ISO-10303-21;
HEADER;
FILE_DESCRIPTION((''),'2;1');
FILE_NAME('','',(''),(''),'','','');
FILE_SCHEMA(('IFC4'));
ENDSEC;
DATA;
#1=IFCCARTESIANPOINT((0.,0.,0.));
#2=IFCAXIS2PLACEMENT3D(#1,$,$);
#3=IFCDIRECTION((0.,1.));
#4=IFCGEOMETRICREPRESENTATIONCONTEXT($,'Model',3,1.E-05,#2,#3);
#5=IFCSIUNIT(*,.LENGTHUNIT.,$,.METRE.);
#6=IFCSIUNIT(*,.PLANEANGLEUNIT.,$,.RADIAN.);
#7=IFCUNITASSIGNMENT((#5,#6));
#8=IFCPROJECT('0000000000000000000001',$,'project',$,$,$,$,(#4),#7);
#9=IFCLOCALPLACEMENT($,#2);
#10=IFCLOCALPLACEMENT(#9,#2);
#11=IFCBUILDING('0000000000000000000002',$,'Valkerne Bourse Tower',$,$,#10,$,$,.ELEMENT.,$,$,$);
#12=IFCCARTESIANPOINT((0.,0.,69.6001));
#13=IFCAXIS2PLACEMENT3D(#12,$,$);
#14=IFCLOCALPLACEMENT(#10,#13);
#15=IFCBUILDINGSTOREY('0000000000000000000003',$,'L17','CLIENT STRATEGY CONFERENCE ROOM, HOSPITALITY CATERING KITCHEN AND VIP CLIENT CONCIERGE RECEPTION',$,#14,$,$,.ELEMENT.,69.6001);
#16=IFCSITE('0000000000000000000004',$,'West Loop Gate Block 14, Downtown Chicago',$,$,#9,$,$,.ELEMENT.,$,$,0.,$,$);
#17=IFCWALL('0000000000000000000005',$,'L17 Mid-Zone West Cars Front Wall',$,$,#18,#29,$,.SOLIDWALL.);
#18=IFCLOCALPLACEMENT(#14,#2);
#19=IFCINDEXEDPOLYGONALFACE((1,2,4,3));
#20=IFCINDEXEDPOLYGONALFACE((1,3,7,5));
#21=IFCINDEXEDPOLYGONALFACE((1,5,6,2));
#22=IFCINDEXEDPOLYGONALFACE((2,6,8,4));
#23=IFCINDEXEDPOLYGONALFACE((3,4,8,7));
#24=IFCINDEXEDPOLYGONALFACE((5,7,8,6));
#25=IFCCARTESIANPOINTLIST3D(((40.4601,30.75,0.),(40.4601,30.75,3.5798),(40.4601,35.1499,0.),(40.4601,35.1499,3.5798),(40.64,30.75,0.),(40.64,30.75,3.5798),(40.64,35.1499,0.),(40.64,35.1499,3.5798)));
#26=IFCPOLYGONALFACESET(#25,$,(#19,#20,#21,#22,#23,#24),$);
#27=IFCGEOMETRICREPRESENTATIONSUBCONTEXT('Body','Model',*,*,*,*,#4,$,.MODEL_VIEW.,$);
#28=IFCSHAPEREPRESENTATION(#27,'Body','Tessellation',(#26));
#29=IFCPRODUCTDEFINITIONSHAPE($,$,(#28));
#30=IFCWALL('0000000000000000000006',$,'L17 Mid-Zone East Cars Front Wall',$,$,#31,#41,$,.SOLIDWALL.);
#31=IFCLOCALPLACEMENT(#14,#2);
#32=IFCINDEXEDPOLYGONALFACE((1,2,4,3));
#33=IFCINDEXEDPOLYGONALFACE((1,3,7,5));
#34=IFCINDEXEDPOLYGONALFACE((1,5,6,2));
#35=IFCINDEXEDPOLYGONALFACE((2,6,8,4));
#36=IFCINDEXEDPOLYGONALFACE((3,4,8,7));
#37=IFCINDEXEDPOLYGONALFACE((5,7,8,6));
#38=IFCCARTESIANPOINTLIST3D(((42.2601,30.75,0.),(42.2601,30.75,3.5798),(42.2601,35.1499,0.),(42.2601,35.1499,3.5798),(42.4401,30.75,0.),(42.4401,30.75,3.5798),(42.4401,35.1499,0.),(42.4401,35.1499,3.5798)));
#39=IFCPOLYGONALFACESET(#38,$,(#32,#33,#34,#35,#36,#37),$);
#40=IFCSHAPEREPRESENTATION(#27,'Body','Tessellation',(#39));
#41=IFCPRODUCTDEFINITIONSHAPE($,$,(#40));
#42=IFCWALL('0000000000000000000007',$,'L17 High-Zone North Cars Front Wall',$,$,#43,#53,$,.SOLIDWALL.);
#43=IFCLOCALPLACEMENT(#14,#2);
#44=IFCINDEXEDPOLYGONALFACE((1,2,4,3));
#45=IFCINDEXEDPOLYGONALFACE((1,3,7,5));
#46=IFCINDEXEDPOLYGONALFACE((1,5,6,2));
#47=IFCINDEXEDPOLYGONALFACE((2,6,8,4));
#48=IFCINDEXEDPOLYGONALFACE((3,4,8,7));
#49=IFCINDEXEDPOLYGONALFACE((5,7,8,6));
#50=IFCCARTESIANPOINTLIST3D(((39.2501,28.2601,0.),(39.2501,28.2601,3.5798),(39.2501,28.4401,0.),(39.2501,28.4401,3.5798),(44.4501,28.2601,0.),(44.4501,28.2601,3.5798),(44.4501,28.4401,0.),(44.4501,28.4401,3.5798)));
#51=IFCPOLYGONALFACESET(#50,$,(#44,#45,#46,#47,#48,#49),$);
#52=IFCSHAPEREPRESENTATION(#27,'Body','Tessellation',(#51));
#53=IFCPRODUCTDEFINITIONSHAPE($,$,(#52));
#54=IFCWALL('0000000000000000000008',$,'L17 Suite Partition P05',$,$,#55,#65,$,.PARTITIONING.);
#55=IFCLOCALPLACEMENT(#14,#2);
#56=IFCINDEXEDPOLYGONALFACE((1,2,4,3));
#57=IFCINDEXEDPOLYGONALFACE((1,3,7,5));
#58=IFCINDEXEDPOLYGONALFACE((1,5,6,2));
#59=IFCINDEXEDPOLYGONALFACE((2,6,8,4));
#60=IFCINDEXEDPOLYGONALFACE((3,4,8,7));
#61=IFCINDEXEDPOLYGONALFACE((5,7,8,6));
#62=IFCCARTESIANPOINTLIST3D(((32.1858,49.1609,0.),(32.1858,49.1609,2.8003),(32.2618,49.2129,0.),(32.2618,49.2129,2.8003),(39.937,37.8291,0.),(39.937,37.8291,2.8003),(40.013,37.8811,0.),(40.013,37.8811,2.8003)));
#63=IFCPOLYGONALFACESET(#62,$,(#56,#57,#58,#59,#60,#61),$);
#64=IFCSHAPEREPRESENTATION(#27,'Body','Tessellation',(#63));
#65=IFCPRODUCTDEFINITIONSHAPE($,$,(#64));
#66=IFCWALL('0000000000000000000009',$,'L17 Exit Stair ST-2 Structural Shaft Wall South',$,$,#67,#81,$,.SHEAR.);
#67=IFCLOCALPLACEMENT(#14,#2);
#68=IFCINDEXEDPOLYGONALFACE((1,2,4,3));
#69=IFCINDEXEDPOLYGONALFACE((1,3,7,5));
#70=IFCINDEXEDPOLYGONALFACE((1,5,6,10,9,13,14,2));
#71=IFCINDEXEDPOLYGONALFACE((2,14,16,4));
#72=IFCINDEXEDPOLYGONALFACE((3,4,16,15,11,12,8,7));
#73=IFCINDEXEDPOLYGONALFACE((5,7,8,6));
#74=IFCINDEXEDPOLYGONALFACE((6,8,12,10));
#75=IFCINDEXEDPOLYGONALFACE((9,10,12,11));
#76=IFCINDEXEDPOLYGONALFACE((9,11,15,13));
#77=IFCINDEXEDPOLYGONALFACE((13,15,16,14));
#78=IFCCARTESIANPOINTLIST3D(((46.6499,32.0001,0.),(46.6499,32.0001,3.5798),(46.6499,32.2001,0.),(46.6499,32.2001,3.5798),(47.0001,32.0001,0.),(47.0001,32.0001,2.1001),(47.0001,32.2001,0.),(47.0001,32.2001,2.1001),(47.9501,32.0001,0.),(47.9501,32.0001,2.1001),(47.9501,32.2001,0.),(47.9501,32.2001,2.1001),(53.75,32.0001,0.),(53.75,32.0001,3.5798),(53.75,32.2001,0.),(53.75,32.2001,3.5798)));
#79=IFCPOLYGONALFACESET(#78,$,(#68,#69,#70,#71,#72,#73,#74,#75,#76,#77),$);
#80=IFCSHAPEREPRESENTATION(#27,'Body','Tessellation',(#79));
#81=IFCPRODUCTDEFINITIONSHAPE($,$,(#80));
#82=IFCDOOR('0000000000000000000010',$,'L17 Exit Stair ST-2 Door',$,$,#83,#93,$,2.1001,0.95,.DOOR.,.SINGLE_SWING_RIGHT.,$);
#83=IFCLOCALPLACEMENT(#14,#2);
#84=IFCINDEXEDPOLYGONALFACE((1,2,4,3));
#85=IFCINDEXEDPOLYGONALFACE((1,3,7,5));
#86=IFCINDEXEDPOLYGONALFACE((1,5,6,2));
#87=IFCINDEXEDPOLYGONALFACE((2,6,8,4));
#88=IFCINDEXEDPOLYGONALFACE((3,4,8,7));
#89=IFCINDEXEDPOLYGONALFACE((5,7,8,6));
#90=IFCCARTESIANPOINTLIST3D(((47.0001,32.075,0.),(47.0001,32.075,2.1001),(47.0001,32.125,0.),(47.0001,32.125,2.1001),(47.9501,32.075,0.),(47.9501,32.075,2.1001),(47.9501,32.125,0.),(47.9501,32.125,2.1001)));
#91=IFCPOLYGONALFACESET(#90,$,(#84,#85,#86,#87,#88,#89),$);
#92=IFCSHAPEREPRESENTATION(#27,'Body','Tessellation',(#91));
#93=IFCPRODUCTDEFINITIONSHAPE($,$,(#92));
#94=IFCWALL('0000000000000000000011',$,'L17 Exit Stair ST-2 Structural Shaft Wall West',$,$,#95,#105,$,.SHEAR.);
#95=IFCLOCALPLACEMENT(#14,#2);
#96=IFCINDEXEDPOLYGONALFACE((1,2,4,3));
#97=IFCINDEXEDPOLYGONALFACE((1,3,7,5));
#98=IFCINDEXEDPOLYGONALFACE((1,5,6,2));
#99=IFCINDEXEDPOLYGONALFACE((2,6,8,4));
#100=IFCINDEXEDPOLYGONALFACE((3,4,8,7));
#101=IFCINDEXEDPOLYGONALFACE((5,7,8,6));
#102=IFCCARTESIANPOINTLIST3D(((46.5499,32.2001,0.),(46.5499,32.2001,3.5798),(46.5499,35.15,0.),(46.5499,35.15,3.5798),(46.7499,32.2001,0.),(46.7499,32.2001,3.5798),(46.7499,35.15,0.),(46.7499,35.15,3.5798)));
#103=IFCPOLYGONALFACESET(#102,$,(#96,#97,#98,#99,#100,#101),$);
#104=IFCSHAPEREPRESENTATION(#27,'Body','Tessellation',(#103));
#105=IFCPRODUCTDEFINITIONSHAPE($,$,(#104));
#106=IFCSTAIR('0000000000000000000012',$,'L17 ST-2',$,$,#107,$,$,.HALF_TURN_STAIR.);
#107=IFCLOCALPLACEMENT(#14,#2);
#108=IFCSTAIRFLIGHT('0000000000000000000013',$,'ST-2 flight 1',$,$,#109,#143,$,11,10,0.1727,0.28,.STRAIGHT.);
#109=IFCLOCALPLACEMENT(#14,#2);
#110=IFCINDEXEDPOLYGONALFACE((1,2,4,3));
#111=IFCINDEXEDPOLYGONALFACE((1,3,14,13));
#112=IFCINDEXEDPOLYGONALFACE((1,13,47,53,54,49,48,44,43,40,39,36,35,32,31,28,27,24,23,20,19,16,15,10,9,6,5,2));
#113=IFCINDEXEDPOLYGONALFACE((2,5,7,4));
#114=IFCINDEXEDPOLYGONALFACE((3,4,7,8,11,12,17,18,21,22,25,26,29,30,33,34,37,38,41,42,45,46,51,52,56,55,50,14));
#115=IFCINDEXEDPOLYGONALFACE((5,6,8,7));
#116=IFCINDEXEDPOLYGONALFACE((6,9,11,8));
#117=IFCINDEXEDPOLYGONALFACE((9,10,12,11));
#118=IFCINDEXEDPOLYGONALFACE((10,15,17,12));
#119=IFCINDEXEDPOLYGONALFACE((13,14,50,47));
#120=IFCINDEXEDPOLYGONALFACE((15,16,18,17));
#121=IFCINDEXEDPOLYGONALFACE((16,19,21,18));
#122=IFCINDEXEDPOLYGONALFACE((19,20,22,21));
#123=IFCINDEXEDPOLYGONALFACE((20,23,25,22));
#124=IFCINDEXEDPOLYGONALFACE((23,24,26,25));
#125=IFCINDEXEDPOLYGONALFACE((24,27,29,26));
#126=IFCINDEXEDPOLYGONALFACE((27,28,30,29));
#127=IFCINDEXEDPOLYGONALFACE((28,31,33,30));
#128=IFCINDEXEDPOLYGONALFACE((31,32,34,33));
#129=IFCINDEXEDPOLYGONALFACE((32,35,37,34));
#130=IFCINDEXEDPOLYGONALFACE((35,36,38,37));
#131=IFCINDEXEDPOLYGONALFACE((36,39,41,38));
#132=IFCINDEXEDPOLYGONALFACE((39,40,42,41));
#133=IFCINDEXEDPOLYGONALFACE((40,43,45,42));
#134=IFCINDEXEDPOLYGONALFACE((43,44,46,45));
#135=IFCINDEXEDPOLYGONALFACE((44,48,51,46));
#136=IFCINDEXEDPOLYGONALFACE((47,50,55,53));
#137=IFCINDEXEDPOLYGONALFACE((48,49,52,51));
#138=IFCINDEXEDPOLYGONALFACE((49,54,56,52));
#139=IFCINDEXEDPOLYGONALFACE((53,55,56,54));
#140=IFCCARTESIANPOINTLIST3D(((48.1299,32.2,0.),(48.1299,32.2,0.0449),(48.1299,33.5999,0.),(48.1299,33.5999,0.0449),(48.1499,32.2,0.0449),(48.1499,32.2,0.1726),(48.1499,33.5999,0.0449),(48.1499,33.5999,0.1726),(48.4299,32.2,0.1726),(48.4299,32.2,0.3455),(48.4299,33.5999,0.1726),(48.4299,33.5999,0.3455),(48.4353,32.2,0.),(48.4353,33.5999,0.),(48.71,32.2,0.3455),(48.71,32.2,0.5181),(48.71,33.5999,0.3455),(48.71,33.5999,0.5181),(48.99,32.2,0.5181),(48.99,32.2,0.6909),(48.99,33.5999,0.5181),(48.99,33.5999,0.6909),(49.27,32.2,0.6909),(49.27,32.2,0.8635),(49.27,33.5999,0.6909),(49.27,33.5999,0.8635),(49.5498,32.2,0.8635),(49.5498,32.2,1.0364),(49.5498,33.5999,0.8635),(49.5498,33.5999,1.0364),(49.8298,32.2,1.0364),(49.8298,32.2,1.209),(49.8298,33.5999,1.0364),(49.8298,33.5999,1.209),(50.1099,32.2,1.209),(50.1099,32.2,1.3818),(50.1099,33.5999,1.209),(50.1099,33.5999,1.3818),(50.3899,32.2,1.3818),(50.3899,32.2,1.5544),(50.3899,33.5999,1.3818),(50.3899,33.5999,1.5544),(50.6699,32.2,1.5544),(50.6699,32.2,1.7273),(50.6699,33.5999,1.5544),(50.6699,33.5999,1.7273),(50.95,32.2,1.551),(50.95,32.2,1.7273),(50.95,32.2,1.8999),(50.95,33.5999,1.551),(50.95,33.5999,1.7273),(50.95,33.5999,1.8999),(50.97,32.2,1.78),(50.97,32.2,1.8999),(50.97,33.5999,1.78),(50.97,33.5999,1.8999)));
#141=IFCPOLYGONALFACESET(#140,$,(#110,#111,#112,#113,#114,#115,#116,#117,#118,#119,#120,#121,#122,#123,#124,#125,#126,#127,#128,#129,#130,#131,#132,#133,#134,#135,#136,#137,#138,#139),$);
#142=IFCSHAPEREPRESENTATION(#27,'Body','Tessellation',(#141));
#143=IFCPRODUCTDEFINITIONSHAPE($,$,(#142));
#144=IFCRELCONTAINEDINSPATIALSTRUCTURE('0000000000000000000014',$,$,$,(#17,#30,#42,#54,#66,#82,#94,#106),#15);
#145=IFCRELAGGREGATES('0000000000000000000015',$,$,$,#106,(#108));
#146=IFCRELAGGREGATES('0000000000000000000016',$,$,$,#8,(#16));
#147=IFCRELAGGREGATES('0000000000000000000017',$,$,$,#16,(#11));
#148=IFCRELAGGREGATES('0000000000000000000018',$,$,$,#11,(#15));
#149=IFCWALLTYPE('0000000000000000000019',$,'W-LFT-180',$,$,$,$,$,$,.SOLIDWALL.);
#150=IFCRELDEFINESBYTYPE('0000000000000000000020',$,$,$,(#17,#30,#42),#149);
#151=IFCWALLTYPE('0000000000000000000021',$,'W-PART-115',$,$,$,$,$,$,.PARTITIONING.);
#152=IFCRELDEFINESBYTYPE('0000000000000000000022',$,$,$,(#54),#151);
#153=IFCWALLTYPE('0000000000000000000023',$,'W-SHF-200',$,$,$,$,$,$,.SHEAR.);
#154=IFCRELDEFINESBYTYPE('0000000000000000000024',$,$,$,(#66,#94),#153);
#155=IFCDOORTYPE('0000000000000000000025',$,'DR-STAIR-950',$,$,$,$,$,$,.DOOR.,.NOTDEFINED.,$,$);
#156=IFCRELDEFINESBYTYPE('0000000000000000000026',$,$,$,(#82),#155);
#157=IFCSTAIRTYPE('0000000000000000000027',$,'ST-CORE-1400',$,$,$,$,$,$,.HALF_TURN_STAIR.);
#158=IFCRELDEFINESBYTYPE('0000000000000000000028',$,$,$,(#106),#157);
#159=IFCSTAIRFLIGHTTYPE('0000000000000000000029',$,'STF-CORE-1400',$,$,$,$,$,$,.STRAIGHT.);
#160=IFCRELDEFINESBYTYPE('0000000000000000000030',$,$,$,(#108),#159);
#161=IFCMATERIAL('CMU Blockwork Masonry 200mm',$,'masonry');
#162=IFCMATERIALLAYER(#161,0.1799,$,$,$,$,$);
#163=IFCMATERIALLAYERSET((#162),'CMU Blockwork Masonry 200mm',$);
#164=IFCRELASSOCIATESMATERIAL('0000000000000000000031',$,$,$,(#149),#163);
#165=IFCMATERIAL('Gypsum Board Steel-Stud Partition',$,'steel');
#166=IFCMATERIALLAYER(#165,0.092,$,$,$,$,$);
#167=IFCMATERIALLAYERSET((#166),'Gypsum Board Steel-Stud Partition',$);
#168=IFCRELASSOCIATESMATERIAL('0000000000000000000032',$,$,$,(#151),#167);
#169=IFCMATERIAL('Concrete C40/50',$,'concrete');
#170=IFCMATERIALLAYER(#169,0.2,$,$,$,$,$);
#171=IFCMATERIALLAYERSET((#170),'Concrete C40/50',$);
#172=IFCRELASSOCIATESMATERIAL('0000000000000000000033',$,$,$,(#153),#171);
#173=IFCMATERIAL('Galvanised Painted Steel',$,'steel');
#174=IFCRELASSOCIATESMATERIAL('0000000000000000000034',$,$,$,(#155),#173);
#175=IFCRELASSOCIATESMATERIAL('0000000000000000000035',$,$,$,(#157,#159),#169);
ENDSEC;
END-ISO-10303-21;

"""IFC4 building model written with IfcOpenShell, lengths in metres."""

from ifc_helpers import new_model, si_unit, direction, frame, frame_2d, origin, place, context, subcontext, project, spatial, polyline, rectangle, outline, extrude, material, layer, layer_set, type_object, element, fill, aggregate, save


model = new_model("IFC4")

# Units and contexts
model_context = context("Model", 3, precision=1e-05, world=origin(), true_north=direction((0.0, 1.0)))
body_context = subcontext(model_context, "Body", "Model", "MODEL_VIEW")
ifc_project = project(units=[si_unit("LENGTHUNIT", "METRE"), si_unit("PLANEANGLEUNIT", "RADIAN")], contexts=[model_context])

# Site, building, storey
site_placement = place(None, origin())
site = spatial("IfcSite", under=ifc_project, at=site_placement, Name="West Loop Gate Block 14, Downtown Chicago", CompositionType="ELEMENT", RefElevation=0.0)
building_placement = place(site_placement, origin())
building = spatial("IfcBuilding", under=site, at=building_placement, Name="Valkerne Bourse Tower", CompositionType="ELEMENT")
storey_placement = place(building_placement, frame((0.0, 0.0, 69.6001)))
storey = spatial("IfcBuildingStorey", under=building, at=storey_placement, Name="L17", Description="CLIENT STRATEGY CONFERENCE ROOM, HOSPITALITY CATERING KITCHEN AND VIP CLIENT CONCIERGE RECEPTION", CompositionType="ELEMENT", Elevation=69.6001)

# Shared definitions
ifc_material_1 = material(Name="Galvanised Painted Steel", Category="steel")

# Walls
ifc_material_2 = material(Name="CMU Blockwork Masonry 200mm", Category="masonry")
ifc_layer_1 = layer(ifc_material_2, 0.1799)
ifc_layer_set_1 = layer_set([ifc_layer_1], Name="CMU Blockwork Masonry 200mm")
wall_type_1 = type_object("IfcWallType", Name="W-LFT-180", PredefinedType="SOLIDWALL", material=ifc_layer_set_1)
for number, where, z_axis, x_axis, name in (
    (1, (40.55, 30.75, 0.0), (0.0, 0.0, 1.0), (0.0, 1.0, 0.0), "L17 Mid-Zone West Cars Front Wall"),
    (2, (42.3501, 30.75, 0.0), (0.0, 0.0, 1.0), (0.0, 1.0, 0.0), "L17 Mid-Zone East Cars Front Wall"),
):
    element("IfcWall", number, at=place(storey_placement, frame(where, z_axis=z_axis, x_axis=x_axis)), inside=storey, type_object=wall_type_1, Name=name, PredefinedType="SOLIDWALL", context=body_context, shape_type="SweptSolid", body=[
        extrude(rectangle(XDim=4.3999, YDim=0.1799, at=frame_2d((2.2, 0.0))), origin(), (0.0, 0.0, 1.0), 3.5798),
    ])
wall_1_placement = place(storey_placement, frame((39.25, 28.3501, 0.0), z_axis=(0.0, 0.0, 1.0), x_axis=(1.0, 0.0, 0.0)))
element("IfcWall", 3, at=wall_1_placement, inside=storey, type_object=wall_type_1, Name="L17 High-Zone North Cars Front Wall", PredefinedType="SOLIDWALL", context=body_context, shape_type="SweptSolid", body=[
    extrude(rectangle(XDim=5.2, YDim=0.1799, at=frame_2d((2.6001, 0.0))), origin(), (0.0, 0.0, 1.0), 3.5798),
])
ifc_material_3 = material(Name="Gypsum Board Steel-Stud Partition", Category="steel")
ifc_layer_2 = layer(ifc_material_3, 0.092)
ifc_layer_set_2 = layer_set([ifc_layer_2], Name="Gypsum Board Steel-Stud Partition")
wall_type_2 = type_object("IfcWallType", Name="W-PART-115", PredefinedType="PARTITIONING", material=ifc_layer_set_2)
wall_2_placement = place(storey_placement, frame((39.9751, 37.855, 0.0), z_axis=(0.0, 0.0, 1.0), x_axis=(-0.564579, 0.825379, 0.0)))
element("IfcWall", 4, at=wall_2_placement, inside=storey, type_object=wall_type_2, Name="L17 Suite Partition P05", PredefinedType="PARTITIONING", context=body_context, shape_type="SweptSolid", body=[
    extrude(rectangle(XDim=13.7292, YDim=0.092, at=frame_2d((6.8647, 0.0))), origin(), (0.0, 0.0, 1.0), 2.8003),
])

# Wall, opening, door
ifc_material_4 = material(Name="Concrete C40/50", Category="concrete")
ifc_layer_3 = layer(ifc_material_4, 0.2)
ifc_layer_set_3 = layer_set([ifc_layer_3], Name="Concrete C40/50")
wall_type_3 = type_object("IfcWallType", Name="W-SHF-200", PredefinedType="SHEAR", material=ifc_layer_set_3)
wall_3_placement = place(storey_placement, frame((46.6499, 32.1001, 0.0), z_axis=(0.0, 0.0, 1.0), x_axis=(1.0, 0.0, 0.0)))
wall_3 = element("IfcWall", 5, at=wall_3_placement, inside=storey, type_object=wall_type_3, Name="L17 Exit Stair ST-2 Structural Shaft Wall South", PredefinedType="SHEAR", context=body_context, shape_type="SweptSolid", body=[
    extrude(rectangle(XDim=7.1001, YDim=0.2, at=frame_2d((3.55, 0.0))), origin(), (0.0, 0.0, 1.0), 3.5798),
])
opening_1_placement = place(wall_3_placement, frame((0.3501, 0.0, 0.0)))
opening_1 = element("IfcOpeningElement", 6, at=opening_1_placement, cuts=wall_3, PredefinedType="OPENING", context=body_context, shape_type="SweptSolid", body=[
    extrude(rectangle(XDim=0.95, YDim=2.1001, at=frame_2d((0.4751, 1.05))), frame((0.0, 0.1099, 0.0), z_axis=(0.0, -1.0, 0.0), x_axis=(1.0, 0.0, 0.0)), (0.0, 0.0, 1.0), 0.22),
])
door_type_1 = type_object("IfcDoorType", Name="DR-STAIR-950", OperationType="NOTDEFINED", PredefinedType="DOOR", material=ifc_material_1)
door_1_placement = place(opening_1_placement, origin())
door_1 = element("IfcDoor", 7, at=door_1_placement, inside=storey, type_object=door_type_1, Name="L17 Exit Stair ST-2 Door", OperationType="SINGLE_SWING_RIGHT", OverallHeight=2.1001, OverallWidth=0.95, PredefinedType="DOOR", context=body_context, shape_type="SweptSolid", body=[
    extrude(rectangle(XDim=0.95, YDim=2.1001, at=frame_2d((0.4751, 1.05))), frame((0.0, 0.0249, 0.0), z_axis=(0.0, -1.0, 0.0), x_axis=(1.0, 0.0, 0.0)), (0.0, 0.0, 1.0), 0.05),
])
fill(opening_1, door_1)

# Wall
wall_4_placement = place(storey_placement, frame((46.6499, 32.2, 0.0), z_axis=(0.0, 0.0, 1.0), x_axis=(0.0, 1.0, 0.0)))
element("IfcWall", 8, at=wall_4_placement, inside=storey, type_object=wall_type_3, Name="L17 Exit Stair ST-2 Structural Shaft Wall West", PredefinedType="SHEAR", context=body_context, shape_type="SweptSolid", body=[
    extrude(rectangle(XDim=2.95, YDim=0.2, at=frame_2d((1.4751, 0.0))), origin(), (0.0, 0.0, 1.0), 3.5798),
])

# Stair, stair flight
stair_type = type_object("IfcStairType", Name="ST-CORE-1400", PredefinedType="HALF_TURN_STAIR", material=ifc_material_4)
stair_placement = place(storey_placement, origin())
stair = element("IfcStair", 9, at=stair_placement, inside=storey, type_object=stair_type, Name="L17 ST-2", PredefinedType="HALF_TURN_STAIR")
stair_flight_type = type_object("IfcStairFlightType", Name="STF-CORE-1400", PredefinedType="STRAIGHT", material=ifc_material_4)
stair_flight_placement = place(storey_placement, frame((48.1499, 32.8999, 0.0), z_axis=(0.0, 0.0, 1.0), x_axis=(1.0, 0.0, 0.0)))
stair_flight = element("IfcStairFlight", 10, at=stair_flight_placement, type_object=stair_flight_type, Name="ST-2 flight 1", NumberOfRisers=11, NumberOfTreads=10, PredefinedType="STRAIGHT", RiserHeight=0.1727, TreadLength=0.28, context=body_context, shape_type="SweptSolid", body=[
    extrude(outline(polyline([(-0.02, 0.0), (-0.02, 0.0449), (0.0, 0.0449), (0.0, 0.1726), (0.28, 0.1726), (0.28, 0.3455), (0.5601, 0.3455), (0.5601, 0.5181), (0.8401, 0.5181), (0.8401, 0.6909), (1.1201, 0.6909), (1.1201, 0.8635), (1.3999, 0.8635), (1.3999, 1.0364), (1.6799, 1.0364), (1.6799, 1.209), (1.96, 1.209), (1.96, 1.3818), (2.24, 1.3818), (2.24, 1.5544), (2.52, 1.5544), (2.52, 1.7273), (2.8, 1.7273), (2.8, 1.8999), (2.8201, 1.8999), (2.8201, 1.78), (2.8, 1.551), (0.2854, 0.0), (-0.02, 0.0)])), frame((0.0, 0.7, 0.0), z_axis=(0.0, -1.0, 0.0), x_axis=(1.0, 0.0, 0.0)), (0.0, 0.0, 1.0), 1.3999),
])
aggregate(stair, [stair_flight])

save(model, "model.ifc")
